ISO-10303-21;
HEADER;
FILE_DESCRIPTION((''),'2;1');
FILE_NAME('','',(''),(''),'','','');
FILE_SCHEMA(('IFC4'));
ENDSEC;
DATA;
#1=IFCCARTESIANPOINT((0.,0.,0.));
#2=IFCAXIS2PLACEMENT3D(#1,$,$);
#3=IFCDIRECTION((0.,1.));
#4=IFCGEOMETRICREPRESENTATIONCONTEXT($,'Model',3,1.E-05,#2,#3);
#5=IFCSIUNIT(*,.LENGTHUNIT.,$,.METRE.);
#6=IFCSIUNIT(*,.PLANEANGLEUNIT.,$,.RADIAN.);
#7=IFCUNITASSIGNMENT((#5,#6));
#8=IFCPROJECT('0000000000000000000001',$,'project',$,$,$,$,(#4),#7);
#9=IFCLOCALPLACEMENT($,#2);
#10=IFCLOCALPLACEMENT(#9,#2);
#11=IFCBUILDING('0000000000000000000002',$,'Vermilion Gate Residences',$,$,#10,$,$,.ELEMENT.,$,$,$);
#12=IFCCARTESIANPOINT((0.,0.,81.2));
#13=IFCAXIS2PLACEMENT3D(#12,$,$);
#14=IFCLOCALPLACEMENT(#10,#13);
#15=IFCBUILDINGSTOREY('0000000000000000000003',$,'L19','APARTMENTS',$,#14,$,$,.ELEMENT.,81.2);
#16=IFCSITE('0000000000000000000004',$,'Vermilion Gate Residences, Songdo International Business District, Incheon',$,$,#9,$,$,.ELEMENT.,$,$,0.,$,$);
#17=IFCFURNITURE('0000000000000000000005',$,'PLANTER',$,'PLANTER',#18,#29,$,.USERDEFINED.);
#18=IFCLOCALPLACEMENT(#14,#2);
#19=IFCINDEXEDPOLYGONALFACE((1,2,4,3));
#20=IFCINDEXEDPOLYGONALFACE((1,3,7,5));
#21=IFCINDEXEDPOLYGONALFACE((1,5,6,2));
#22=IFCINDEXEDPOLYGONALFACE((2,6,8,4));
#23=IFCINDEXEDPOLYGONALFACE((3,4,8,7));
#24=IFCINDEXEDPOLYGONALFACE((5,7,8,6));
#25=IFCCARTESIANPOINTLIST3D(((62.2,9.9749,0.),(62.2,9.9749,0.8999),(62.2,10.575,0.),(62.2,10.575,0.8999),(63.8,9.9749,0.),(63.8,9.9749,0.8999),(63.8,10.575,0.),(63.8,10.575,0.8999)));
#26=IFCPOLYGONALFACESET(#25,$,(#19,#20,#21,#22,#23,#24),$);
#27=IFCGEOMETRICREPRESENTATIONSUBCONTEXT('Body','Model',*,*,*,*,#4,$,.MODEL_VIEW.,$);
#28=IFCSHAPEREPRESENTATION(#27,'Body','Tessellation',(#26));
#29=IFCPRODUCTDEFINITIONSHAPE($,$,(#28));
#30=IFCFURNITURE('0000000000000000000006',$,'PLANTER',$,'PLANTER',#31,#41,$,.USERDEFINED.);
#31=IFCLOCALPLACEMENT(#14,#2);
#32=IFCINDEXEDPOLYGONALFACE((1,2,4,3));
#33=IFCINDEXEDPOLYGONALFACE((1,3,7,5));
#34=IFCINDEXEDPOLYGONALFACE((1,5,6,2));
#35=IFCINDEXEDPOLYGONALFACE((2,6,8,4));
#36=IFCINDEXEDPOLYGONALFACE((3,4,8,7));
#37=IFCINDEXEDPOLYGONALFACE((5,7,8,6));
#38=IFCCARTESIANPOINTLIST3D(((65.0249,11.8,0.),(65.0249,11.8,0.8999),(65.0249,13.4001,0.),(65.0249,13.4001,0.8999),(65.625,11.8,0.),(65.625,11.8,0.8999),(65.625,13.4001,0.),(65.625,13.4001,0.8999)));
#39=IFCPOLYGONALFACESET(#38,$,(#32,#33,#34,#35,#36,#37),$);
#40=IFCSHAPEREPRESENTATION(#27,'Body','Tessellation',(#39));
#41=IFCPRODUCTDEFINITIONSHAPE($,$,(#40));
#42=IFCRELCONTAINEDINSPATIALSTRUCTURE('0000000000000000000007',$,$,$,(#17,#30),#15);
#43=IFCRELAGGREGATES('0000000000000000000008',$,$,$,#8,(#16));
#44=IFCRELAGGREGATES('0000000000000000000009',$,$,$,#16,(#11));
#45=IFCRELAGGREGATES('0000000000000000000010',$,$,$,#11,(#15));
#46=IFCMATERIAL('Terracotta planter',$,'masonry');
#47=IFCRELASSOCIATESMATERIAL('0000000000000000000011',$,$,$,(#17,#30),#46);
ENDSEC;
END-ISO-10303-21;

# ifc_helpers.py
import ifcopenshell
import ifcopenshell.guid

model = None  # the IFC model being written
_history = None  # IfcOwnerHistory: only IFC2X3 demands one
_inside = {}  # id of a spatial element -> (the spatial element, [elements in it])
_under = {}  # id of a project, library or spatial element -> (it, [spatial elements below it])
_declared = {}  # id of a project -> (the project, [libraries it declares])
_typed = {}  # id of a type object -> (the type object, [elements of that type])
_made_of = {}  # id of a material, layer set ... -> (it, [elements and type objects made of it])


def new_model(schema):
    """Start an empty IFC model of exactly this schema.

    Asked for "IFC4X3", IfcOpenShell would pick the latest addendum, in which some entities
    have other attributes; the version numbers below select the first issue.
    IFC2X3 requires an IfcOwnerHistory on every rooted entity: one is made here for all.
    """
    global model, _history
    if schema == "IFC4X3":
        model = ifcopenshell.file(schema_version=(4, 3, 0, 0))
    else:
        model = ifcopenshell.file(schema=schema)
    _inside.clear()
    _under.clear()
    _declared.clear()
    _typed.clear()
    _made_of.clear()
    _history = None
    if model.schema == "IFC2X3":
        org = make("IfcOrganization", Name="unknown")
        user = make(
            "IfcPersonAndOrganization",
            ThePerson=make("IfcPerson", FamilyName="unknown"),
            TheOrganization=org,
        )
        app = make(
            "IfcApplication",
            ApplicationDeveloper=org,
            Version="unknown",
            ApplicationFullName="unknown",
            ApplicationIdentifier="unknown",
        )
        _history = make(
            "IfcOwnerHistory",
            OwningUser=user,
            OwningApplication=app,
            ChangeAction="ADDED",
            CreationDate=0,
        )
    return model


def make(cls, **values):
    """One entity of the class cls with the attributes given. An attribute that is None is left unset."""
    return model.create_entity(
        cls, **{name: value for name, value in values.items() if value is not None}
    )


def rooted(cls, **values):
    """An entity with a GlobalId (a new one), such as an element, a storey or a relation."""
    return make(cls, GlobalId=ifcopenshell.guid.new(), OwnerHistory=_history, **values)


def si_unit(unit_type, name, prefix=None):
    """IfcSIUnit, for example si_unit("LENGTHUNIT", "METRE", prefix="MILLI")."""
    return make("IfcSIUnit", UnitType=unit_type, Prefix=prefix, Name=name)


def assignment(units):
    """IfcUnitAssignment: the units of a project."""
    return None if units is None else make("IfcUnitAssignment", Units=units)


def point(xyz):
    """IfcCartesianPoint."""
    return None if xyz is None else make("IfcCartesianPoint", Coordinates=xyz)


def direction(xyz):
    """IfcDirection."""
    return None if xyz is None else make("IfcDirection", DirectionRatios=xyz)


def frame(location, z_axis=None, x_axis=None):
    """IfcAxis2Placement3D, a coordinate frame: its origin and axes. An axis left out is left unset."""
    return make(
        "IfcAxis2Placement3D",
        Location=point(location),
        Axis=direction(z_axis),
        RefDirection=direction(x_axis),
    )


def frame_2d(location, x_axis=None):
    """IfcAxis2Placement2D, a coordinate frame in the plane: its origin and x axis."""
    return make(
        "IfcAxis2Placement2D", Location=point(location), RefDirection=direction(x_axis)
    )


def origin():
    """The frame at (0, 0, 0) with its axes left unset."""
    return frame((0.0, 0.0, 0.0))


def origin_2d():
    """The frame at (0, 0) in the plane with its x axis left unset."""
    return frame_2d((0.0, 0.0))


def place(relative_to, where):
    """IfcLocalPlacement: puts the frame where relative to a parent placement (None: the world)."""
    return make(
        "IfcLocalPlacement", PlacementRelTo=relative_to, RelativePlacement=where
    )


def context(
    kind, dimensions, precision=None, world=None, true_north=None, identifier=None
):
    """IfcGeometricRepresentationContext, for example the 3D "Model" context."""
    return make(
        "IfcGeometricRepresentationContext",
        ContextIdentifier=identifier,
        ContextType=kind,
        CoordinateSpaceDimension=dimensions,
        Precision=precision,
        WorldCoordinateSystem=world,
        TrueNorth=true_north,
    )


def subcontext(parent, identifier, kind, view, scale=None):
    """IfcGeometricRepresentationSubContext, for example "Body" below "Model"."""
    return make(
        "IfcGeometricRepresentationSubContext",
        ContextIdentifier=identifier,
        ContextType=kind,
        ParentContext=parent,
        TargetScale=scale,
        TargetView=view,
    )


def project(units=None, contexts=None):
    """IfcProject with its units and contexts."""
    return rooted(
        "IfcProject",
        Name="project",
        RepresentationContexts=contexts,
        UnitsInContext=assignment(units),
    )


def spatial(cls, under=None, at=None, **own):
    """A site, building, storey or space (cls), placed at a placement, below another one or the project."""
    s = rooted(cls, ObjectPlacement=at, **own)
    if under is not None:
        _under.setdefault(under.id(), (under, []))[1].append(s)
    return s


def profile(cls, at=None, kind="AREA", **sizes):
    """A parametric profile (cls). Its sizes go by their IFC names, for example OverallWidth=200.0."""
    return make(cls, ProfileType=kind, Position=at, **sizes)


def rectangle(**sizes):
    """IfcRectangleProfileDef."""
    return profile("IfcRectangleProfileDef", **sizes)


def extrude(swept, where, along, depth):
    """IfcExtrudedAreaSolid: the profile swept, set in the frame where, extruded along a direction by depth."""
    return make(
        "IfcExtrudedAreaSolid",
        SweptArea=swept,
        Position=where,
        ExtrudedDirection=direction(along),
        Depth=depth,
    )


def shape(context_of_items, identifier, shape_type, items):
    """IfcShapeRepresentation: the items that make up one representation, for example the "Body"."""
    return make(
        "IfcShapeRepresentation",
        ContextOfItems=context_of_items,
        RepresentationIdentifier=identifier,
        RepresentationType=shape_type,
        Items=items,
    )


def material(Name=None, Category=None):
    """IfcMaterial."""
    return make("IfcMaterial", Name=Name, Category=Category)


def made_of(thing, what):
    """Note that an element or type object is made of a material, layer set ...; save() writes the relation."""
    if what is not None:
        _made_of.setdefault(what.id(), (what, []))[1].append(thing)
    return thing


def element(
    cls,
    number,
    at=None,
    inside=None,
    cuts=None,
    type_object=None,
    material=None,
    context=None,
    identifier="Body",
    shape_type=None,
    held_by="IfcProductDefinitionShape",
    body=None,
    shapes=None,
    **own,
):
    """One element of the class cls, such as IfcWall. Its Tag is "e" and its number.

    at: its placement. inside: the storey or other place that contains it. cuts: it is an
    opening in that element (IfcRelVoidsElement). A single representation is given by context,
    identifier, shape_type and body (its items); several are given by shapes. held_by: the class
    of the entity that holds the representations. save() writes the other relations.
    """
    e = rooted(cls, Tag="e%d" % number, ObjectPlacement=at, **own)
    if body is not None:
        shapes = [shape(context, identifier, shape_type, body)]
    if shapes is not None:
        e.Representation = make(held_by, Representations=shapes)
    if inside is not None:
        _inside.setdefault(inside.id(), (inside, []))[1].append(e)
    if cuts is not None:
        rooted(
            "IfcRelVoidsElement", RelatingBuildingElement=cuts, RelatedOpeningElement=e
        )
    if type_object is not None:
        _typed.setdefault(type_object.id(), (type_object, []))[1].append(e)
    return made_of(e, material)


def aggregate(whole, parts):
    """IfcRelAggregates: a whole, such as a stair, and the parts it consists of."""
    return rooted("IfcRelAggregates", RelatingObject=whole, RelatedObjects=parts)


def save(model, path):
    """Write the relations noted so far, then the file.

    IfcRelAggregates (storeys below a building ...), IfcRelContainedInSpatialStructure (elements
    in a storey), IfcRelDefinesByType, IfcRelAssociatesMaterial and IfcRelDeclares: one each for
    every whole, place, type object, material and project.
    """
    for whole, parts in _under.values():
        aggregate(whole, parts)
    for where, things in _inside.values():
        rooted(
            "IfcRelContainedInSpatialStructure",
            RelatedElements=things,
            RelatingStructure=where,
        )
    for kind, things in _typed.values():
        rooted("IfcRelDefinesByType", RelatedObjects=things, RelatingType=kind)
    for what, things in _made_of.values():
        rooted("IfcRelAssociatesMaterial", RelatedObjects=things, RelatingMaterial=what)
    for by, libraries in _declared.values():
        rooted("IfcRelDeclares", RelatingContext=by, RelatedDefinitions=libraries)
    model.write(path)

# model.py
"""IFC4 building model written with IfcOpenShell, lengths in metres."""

from ifc_helpers import new_model, si_unit, direction, frame, origin, origin_2d, place, context, subcontext, project, spatial, rectangle, extrude, material, element, save


model = new_model("IFC4")

# Units and contexts
model_context = context("Model", 3, precision=1e-05, world=origin(), true_north=direction((0.0, 1.0)))
body_context = subcontext(model_context, "Body", "Model", "MODEL_VIEW")
ifc_project = project(units=[si_unit("LENGTHUNIT", "METRE"), si_unit("PLANEANGLEUNIT", "RADIAN")], contexts=[model_context])

# Site, building, storey
site_placement = place(None, origin())
site = spatial("IfcSite", under=ifc_project, at=site_placement, Name="Vermilion Gate Residences, Songdo International Business District, Incheon", CompositionType="ELEMENT", RefElevation=0.0)
building_placement = place(site_placement, origin())
building = spatial("IfcBuilding", under=site, at=building_placement, Name="Vermilion Gate Residences", CompositionType="ELEMENT")
storey_placement = place(building_placement, frame((0.0, 0.0, 81.2)))
storey = spatial("IfcBuildingStorey", under=building, at=storey_placement, Name="L19", Description="APARTMENTS", CompositionType="ELEMENT", Elevation=81.2)

# Furniture
ifc_material_1 = material(Name="Terracotta planter", Category="masonry")
for number, where, z_axis, x_axis, name in (
    (1, (63.0, 10.2749, 0.0), (0.0, 0.0, 1.0), (1.0, 0.0, 0.0), "PLANTER"),
    (2, (65.325, 12.6001, 0.0), (0.0, 0.0, 1.0), (0.0, 1.0, 0.0), "PLANTER"),
):
    element("IfcFurniture", number, at=place(storey_placement, frame(where, z_axis=z_axis, x_axis=x_axis)), inside=storey, material=ifc_material_1, Name=name, ObjectType="PLANTER", PredefinedType="USERDEFINED", context=body_context, shape_type="SweptSolid", body=[
        extrude(rectangle(XDim=1.6001, YDim=0.6001, at=origin_2d()), origin(), (0.0, 0.0, 1.0), 0.8999),
    ])

save(model, "model.ifc")
